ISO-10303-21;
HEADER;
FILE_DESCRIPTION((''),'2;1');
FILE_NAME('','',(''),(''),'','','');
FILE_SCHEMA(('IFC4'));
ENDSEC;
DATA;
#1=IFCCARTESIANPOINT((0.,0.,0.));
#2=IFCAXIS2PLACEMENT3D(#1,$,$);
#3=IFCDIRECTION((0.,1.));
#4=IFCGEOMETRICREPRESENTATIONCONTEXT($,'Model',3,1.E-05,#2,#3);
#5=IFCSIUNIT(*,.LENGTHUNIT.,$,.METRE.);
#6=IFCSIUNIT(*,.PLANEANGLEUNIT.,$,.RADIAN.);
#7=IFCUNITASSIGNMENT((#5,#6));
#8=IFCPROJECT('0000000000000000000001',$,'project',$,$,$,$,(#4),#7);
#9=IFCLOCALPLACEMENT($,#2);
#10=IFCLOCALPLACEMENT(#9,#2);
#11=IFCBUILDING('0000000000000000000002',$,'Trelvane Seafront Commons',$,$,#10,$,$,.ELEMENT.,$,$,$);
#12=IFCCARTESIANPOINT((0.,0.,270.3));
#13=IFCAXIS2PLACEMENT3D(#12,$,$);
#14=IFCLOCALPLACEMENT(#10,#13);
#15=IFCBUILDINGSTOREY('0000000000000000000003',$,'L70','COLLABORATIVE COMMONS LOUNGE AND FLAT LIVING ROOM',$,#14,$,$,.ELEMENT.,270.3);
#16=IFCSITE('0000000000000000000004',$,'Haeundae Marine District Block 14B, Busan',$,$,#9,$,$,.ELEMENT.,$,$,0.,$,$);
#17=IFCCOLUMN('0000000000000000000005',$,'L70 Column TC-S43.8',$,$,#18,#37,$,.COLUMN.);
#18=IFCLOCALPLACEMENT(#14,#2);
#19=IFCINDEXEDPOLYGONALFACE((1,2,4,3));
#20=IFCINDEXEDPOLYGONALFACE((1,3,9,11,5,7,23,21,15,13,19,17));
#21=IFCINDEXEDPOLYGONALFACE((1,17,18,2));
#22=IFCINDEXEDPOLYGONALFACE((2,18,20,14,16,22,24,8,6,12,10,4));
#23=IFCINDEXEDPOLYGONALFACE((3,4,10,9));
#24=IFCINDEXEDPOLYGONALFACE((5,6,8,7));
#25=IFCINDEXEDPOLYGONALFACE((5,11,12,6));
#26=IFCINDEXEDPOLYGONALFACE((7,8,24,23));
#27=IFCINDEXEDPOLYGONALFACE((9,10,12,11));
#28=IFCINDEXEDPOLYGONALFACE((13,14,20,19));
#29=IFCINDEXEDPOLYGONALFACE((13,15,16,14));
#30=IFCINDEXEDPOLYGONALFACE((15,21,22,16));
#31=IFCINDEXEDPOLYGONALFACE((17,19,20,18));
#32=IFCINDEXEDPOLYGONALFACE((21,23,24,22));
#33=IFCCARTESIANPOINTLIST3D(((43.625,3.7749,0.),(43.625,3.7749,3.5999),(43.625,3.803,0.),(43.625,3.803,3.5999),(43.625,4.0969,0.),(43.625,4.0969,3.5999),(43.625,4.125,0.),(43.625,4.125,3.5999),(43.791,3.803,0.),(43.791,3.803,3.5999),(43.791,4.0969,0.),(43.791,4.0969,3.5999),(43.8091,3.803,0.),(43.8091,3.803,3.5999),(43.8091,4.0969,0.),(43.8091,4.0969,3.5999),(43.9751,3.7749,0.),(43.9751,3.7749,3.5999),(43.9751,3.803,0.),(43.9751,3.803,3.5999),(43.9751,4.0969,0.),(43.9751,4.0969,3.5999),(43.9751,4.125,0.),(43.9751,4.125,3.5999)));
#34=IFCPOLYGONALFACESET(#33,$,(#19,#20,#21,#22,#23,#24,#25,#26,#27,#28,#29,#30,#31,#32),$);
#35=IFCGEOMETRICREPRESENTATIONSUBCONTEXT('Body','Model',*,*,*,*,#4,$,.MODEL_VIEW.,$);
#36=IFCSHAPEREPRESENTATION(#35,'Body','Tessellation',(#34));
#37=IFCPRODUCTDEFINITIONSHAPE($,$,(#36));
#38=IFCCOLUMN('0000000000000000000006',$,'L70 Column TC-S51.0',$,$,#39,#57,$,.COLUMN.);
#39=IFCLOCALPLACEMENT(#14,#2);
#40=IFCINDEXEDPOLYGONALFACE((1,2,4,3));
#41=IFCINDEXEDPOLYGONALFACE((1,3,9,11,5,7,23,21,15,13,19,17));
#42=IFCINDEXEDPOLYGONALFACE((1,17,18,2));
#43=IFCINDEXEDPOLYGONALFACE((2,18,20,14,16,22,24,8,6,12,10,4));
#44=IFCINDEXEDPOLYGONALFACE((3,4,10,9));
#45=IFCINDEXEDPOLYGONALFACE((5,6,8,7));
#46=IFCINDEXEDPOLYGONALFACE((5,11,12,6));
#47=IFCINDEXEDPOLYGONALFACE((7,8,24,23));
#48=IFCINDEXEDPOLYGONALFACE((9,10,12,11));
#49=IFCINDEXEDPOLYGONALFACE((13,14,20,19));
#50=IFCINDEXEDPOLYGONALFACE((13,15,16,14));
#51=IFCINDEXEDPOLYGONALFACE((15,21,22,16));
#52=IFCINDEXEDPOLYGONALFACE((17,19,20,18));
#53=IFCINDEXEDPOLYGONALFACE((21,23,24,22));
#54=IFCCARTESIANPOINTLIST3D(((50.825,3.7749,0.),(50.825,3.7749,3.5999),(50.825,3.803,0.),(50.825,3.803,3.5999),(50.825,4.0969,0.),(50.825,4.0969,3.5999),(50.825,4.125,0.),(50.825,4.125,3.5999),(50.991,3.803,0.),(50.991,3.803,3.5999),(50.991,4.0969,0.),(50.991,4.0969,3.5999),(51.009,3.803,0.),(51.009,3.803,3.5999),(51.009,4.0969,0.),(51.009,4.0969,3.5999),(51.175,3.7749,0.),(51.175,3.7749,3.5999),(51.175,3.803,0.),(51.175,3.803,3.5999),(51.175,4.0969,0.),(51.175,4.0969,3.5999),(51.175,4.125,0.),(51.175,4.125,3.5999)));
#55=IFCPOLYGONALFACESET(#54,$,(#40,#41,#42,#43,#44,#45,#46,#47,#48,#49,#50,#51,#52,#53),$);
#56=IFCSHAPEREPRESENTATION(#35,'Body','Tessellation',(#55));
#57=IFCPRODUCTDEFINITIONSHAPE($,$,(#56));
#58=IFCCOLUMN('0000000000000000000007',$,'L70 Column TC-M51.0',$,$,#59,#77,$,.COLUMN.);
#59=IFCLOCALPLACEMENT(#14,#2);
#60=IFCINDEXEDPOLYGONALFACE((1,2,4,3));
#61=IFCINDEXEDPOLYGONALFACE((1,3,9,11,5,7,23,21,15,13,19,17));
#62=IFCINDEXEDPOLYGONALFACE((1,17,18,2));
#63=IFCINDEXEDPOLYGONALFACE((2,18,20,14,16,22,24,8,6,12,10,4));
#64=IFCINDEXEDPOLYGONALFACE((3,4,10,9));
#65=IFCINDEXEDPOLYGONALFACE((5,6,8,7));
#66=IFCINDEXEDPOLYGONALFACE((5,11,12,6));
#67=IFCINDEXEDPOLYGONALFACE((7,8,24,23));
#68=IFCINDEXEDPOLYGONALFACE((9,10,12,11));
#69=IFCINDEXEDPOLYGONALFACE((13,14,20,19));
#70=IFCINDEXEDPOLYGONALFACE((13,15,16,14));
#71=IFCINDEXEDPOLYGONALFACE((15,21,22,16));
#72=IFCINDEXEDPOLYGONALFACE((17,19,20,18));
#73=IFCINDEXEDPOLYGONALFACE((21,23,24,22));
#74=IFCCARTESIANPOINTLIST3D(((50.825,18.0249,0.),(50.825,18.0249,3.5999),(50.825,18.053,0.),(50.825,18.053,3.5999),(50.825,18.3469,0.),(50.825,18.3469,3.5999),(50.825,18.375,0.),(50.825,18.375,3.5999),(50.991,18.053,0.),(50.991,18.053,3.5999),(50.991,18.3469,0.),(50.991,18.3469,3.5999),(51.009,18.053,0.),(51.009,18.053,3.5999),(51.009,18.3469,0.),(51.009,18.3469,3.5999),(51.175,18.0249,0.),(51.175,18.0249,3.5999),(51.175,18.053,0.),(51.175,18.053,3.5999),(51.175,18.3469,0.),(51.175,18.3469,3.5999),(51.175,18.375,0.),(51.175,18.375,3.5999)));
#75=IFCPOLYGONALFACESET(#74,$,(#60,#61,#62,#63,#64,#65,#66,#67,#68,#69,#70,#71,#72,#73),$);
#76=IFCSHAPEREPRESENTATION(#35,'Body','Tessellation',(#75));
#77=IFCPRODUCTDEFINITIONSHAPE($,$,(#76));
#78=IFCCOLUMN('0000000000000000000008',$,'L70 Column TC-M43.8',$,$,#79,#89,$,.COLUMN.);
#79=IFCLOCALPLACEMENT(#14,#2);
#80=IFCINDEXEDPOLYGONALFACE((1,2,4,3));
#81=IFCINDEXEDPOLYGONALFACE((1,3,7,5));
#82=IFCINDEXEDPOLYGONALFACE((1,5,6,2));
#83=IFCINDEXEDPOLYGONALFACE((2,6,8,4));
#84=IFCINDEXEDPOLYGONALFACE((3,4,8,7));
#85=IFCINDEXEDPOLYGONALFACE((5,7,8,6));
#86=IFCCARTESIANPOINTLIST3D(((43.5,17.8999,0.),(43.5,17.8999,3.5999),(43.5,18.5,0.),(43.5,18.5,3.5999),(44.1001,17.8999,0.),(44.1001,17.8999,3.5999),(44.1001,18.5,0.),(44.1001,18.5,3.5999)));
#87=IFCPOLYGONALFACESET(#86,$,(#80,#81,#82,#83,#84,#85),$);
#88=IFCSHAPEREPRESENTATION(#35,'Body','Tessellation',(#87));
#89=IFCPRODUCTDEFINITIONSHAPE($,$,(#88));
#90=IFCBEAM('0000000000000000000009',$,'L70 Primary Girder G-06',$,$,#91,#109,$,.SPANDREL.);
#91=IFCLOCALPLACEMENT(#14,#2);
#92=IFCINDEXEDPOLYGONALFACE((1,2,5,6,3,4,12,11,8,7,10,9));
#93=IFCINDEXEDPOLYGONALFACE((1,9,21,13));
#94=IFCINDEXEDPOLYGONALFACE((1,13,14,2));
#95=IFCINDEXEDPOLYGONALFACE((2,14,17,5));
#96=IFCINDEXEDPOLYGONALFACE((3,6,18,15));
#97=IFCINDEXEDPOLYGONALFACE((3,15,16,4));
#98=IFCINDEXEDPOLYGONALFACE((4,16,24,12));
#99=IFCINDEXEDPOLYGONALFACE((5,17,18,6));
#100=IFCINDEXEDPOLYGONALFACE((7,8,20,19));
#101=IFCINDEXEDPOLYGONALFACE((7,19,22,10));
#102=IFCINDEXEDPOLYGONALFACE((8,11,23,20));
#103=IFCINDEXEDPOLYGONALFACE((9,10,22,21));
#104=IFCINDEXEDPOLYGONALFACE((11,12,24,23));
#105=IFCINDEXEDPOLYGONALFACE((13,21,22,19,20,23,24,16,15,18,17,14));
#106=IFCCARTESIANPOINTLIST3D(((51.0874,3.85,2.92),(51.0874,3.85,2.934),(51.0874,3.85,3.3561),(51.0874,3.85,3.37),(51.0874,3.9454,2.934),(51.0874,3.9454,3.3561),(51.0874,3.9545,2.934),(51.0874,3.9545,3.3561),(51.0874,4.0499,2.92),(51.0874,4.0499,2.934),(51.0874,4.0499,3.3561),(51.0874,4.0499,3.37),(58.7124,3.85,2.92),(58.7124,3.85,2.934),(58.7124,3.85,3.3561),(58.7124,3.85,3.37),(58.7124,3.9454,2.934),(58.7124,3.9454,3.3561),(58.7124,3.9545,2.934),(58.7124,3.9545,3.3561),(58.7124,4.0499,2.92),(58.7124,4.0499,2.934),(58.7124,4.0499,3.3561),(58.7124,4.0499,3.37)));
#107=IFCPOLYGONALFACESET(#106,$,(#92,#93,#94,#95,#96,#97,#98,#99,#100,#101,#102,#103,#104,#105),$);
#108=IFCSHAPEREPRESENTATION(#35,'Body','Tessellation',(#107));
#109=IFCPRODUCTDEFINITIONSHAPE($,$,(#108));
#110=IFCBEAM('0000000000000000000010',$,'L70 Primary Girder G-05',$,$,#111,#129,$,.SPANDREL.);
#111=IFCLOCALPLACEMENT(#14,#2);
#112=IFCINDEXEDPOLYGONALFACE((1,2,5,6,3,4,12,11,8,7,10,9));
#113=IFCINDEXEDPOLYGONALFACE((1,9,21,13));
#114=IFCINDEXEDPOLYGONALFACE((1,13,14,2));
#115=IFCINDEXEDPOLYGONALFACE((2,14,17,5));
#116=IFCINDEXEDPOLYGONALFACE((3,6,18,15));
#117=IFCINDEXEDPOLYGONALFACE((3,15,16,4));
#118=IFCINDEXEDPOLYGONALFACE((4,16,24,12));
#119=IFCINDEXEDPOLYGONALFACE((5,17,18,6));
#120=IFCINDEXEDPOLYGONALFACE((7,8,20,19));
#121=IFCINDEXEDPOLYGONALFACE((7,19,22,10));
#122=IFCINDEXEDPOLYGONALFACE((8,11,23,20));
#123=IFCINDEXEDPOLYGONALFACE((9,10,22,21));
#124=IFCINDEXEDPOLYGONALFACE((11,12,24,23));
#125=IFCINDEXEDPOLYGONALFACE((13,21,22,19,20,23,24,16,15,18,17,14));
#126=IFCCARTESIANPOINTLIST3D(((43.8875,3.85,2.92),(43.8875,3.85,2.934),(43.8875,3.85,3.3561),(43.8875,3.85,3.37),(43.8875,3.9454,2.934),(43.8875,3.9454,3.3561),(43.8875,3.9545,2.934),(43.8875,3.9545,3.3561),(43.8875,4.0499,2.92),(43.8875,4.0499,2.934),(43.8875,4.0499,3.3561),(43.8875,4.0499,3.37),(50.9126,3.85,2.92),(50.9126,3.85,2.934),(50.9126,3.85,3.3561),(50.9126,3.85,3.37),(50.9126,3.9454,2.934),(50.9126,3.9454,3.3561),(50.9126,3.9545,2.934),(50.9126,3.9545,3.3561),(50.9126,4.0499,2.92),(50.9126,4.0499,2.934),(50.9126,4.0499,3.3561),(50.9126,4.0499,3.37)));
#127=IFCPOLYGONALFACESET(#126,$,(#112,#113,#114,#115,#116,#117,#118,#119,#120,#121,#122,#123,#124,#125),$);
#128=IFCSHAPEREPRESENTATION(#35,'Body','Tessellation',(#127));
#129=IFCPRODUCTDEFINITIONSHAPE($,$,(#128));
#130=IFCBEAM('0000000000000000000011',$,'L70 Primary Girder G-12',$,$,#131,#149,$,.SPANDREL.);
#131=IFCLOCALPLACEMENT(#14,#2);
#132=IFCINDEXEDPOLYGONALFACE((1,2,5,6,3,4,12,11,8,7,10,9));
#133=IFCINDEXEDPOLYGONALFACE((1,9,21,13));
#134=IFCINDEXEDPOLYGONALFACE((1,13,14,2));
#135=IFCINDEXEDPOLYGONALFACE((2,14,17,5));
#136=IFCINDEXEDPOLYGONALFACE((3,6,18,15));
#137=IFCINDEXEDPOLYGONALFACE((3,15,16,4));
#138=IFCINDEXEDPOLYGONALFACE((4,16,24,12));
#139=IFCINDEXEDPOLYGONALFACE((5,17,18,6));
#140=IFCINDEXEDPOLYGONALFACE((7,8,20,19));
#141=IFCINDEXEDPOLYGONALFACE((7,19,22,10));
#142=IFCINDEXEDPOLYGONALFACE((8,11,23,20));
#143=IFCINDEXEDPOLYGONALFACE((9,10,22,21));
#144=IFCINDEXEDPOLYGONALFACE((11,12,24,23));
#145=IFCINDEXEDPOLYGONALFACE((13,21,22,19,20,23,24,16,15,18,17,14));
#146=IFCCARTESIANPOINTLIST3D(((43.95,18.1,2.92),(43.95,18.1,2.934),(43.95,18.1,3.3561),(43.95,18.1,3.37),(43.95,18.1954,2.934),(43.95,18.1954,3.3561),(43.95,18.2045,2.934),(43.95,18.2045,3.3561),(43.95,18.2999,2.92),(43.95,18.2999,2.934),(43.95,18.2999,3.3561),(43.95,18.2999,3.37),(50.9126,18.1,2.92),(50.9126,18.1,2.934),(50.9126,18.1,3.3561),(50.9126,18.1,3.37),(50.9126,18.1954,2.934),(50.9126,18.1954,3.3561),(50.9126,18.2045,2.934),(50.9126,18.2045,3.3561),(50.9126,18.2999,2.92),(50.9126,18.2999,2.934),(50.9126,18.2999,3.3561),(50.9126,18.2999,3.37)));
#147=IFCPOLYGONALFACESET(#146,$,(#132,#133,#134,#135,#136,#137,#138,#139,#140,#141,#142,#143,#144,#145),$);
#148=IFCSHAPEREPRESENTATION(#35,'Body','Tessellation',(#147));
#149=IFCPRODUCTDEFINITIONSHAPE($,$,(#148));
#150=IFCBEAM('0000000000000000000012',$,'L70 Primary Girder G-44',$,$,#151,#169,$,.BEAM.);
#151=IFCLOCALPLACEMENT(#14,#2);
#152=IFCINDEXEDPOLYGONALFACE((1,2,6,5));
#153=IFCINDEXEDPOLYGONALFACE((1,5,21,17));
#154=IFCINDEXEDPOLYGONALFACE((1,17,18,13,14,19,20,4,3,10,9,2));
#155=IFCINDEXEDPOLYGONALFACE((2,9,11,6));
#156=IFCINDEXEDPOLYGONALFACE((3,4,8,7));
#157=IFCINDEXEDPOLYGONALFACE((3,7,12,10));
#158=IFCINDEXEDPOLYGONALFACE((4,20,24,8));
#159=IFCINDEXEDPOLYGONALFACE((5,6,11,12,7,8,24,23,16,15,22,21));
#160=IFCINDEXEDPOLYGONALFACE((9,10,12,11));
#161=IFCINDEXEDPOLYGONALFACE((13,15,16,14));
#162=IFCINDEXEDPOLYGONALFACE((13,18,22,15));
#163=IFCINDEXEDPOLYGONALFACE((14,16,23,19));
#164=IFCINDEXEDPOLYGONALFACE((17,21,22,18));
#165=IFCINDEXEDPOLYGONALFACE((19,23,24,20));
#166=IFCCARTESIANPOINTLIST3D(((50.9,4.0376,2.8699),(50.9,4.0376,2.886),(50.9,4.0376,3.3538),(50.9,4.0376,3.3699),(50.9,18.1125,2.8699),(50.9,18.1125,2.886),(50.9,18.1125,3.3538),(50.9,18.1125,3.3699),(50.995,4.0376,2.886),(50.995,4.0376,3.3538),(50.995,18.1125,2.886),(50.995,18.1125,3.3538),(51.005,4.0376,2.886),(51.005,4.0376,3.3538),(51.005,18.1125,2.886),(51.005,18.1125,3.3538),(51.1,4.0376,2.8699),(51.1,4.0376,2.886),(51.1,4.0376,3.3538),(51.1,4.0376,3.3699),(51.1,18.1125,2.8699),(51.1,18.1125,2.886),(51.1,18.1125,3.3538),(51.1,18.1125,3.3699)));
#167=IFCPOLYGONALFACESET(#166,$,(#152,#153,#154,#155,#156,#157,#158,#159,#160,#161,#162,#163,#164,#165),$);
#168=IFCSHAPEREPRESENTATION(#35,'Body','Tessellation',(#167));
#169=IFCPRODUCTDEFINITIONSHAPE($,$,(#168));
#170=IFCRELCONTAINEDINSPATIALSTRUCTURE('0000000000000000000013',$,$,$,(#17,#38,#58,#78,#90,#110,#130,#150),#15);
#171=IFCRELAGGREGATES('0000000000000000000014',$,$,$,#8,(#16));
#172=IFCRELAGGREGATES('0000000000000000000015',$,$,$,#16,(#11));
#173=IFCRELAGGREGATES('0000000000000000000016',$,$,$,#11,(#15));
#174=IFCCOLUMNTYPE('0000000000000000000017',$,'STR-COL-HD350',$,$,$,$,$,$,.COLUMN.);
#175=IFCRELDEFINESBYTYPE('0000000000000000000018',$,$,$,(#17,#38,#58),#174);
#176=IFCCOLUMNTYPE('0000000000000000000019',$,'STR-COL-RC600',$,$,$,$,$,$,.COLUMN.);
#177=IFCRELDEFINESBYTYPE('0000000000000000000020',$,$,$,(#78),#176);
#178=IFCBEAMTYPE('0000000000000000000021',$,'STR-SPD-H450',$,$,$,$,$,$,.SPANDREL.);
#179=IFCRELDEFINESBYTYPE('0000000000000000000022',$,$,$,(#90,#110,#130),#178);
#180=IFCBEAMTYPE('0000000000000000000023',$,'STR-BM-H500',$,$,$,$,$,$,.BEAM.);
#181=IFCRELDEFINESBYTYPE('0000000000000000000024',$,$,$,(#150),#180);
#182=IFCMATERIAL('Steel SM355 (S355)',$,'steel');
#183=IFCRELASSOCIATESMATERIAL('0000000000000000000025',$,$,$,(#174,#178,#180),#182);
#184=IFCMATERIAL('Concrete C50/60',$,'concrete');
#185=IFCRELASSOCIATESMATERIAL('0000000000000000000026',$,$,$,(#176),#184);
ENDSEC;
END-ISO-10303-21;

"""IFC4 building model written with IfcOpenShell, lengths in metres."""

from ifc_helpers import new_model, si_unit, direction, frame, origin, origin_2d, place, context, subcontext, project, spatial, rectangle, i_section, extrude, source, transform, mapped, material, material_profile, profile_set, type_object, element, save


model = new_model("IFC4")

# Units and contexts
model_context = context("Model", 3, precision=1e-05, world=origin(), true_north=direction((0.0, 1.0)))
body_context = subcontext(model_context, "Body", "Model", "MODEL_VIEW")
ifc_project = project(units=[si_unit("LENGTHUNIT", "METRE"), si_unit("PLANEANGLEUNIT", "RADIAN")], contexts=[model_context])

# Site, building, storey
site_placement = place(None, origin())
site = spatial("IfcSite", under=ifc_project, at=site_placement, Name="Haeundae Marine District Block 14B, Busan", CompositionType="ELEMENT", RefElevation=0.0)
building_placement = place(site_placement, origin())
building = spatial("IfcBuilding", under=site, at=building_placement, Name="Trelvane Seafront Commons", CompositionType="ELEMENT")
storey_placement = place(building_placement, frame((0.0, 0.0, 270.3)))
storey = spatial("IfcBuildingStorey", under=building, at=storey_placement, Name="L70", Description="COLLABORATIVE COMMONS LOUNGE AND FLAT LIVING ROOM", CompositionType="ELEMENT", Elevation=270.3)

# Columns
ifc_material_1 = material(Name="Steel SM355 (S355)", Category="steel")
ifc_material_profile_1 = material_profile(ifc_material_1, i_section(OverallWidth=0.3501, OverallDepth=0.3501, WebThickness=0.0181, FlangeThickness=0.0281, at=origin_2d()), Name="HD-350x350x18x28")
ifc_profile_set_1 = profile_set([ifc_material_profile_1], Name="Steel SM355 (S355)")
column_type_1 = type_object("IfcColumnType", Name="STR-COL-HD350", PredefinedType="COLUMN", material=ifc_profile_set_1)
shared_shape_1 = source(origin(), body_context, "Body", "SweptSolid", [
    extrude(i_section(OverallWidth=0.3501, OverallDepth=0.3501, WebThickness=0.0181, FlangeThickness=0.0281, at=origin_2d()), origin(), (0.0, 0.0, 1.0), 3.5999),
])
for number, where, z_axis, x_axis, name in (
    (1, (43.8, 3.95, 0.0), (0.0, 0.0, 1.0), (1.0, 0.0, 0.0), "L70 Column TC-S43.8"),
    (2, (51.0, 3.95, 0.0), (0.0, 0.0, 1.0), (1.0, 0.0, 0.0), "L70 Column TC-S51.0"),
    (3, (51.0, 18.2, 0.0), (0.0, 0.0, 1.0), (1.0, 0.0, 0.0), "L70 Column TC-M51.0"),
):
    element("IfcColumn", number, at=place(storey_placement, frame(where, z_axis=z_axis, x_axis=x_axis)), inside=storey, type_object=column_type_1, Name=name, PredefinedType="COLUMN", context=body_context, shape_type="MappedRepresentation", body=[
        mapped(shared_shape_1, transform((0.0, 0.0, 0.0), x_axis=(1.0, 0.0, 0.0), y_axis=(0.0, 1.0, 0.0), z_axis=(0.0, 0.0, 1.0), scale=1.0)),
    ])
ifc_material_2 = material(Name="Concrete C50/60", Category="concrete")
ifc_material_profile_2 = material_profile(ifc_material_2, rectangle(XDim=0.6001, YDim=0.6001, at=origin_2d()), Name="RC-600x600")
ifc_profile_set_2 = profile_set([ifc_material_profile_2], Name="Concrete C50/60")
column_type_2 = type_object("IfcColumnType", Name="STR-COL-RC600", PredefinedType="COLUMN", material=ifc_profile_set_2)
shared_shape_2 = source(origin(), body_context, "Body", "SweptSolid", [
    extrude(rectangle(XDim=0.6001, YDim=0.6001, at=origin_2d()), origin(), (0.0, 0.0, 1.0), 3.5999),
])
column_placement = place(storey_placement, frame((43.8, 18.2, 0.0), z_axis=(0.0, 0.0, 1.0), x_axis=(1.0, 0.0, 0.0)))
element("IfcColumn", 4, at=column_placement, inside=storey, type_object=column_type_2, Name="L70 Column TC-M43.8", PredefinedType="COLUMN", context=body_context, shape_type="MappedRepresentation", body=[
    mapped(shared_shape_2, transform((0.0, 0.0, 0.0), x_axis=(1.0, 0.0, 0.0), y_axis=(0.0, 1.0, 0.0), z_axis=(0.0, 0.0, 1.0), scale=1.0)),
])

# Beams
ifc_material_profile_3 = material_profile(ifc_material_1, i_section(OverallWidth=0.2, OverallDepth=0.45, WebThickness=0.009, FlangeThickness=0.0139, at=origin_2d()), Name="H-450x200x9x14")
ifc_profile_set_3 = profile_set([ifc_material_profile_3], Name="Steel SM355 (S355)")
beam_type_1 = type_object("IfcBeamType", Name="STR-SPD-H450", PredefinedType="SPANDREL", material=ifc_profile_set_3)
shared_shape_3 = source(origin(), body_context, "Body", "SweptSolid", [
    extrude(i_section(OverallWidth=0.2, OverallDepth=0.45, WebThickness=0.009, FlangeThickness=0.0139, at=origin_2d()), origin(), (0.0, 0.0, 1.0), 7.625),
])
beam_1_placement = place(storey_placement, frame((51.0874, 3.95, 3.145), z_axis=(1.0, 0.0, 0.0), x_axis=(0.0, 1.0, 0.0)))
element("IfcBeam", 5, at=beam_1_placement, inside=storey, type_object=beam_type_1, Name="L70 Primary Girder G-06", PredefinedType="SPANDREL", context=body_context, shape_type="MappedRepresentation", body=[
    mapped(shared_shape_3, transform((0.0, 0.0, 0.0), x_axis=(1.0, 0.0, 0.0), y_axis=(0.0, 1.0, 0.0), z_axis=(0.0, 0.0, 1.0), scale=1.0)),
])
shared_shape_4 = source(origin(), body_context, "Body", "SweptSolid", [
    extrude(i_section(OverallWidth=0.2, OverallDepth=0.45, WebThickness=0.009, FlangeThickness=0.0139, at=origin_2d()), origin(), (0.0, 0.0, 1.0), 7.0251),
])
beam_2_placement = place(storey_placement, frame((43.8875, 3.95, 3.145), z_axis=(1.0, 0.0, 0.0), x_axis=(0.0, 1.0, 0.0)))
element("IfcBeam", 6, at=beam_2_placement, inside=storey, type_object=beam_type_1, Name="L70 Primary Girder G-05", PredefinedType="SPANDREL", context=body_context, shape_type="MappedRepresentation", body=[
    mapped(shared_shape_4, transform((0.0, 0.0, 0.0), x_axis=(1.0, 0.0, 0.0), y_axis=(0.0, 1.0, 0.0), z_axis=(0.0, 0.0, 1.0), scale=1.0)),
])
shared_shape_5 = source(origin(), body_context, "Body", "SweptSolid", [
    extrude(i_section(OverallWidth=0.2, OverallDepth=0.45, WebThickness=0.009, FlangeThickness=0.0139, at=origin_2d()), origin(), (0.0, 0.0, 1.0), 6.9626),
])
beam_3_placement = place(storey_placement, frame((43.95, 18.2, 3.145), z_axis=(1.0, 0.0, 0.0), x_axis=(0.0, 1.0, 0.0)))
element("IfcBeam", 7, at=beam_3_placement, inside=storey, type_object=beam_type_1, Name="L70 Primary Girder G-12", PredefinedType="SPANDREL", context=body_context, shape_type="MappedRepresentation", body=[
    mapped(shared_shape_5, transform((0.0, 0.0, 0.0), x_axis=(1.0, 0.0, 0.0), y_axis=(0.0, 1.0, 0.0), z_axis=(0.0, 0.0, 1.0), scale=1.0)),
])
ifc_material_profile_4 = material_profile(ifc_material_1, i_section(OverallWidth=0.2, OverallDepth=0.5, WebThickness=0.01, FlangeThickness=0.0161, at=origin_2d()), Name="H-500x200x10x16")
ifc_profile_set_4 = profile_set([ifc_material_profile_4], Name="Steel SM355 (S355)")
beam_type_2 = type_object("IfcBeamType", Name="STR-BM-H500", PredefinedType="BEAM", material=ifc_profile_set_4)
shared_shape_6 = source(origin(), body_context, "Body", "SweptSolid", [
    extrude(i_section(OverallWidth=0.2, OverallDepth=0.5, WebThickness=0.01, FlangeThickness=0.0161, at=origin_2d()), origin(), (0.0, 0.0, 1.0), 14.075),
])
beam_4_placement = place(storey_placement, frame((51.0, 4.0376, 3.1199), z_axis=(0.0, 1.0, 0.0), x_axis=(-1.0, 0.0, 0.0)))
element("IfcBeam", 8, at=beam_4_placement, inside=storey, type_object=beam_type_2, Name="L70 Primary Girder G-44", PredefinedType="BEAM", context=body_context, shape_type="MappedRepresentation", body=[
    mapped(shared_shape_6, transform((0.0, 0.0, 0.0), x_axis=(1.0, 0.0, 0.0), y_axis=(0.0, 1.0, 0.0), z_axis=(0.0, 0.0, 1.0), scale=1.0)),
])

save(model, "model.ifc")
